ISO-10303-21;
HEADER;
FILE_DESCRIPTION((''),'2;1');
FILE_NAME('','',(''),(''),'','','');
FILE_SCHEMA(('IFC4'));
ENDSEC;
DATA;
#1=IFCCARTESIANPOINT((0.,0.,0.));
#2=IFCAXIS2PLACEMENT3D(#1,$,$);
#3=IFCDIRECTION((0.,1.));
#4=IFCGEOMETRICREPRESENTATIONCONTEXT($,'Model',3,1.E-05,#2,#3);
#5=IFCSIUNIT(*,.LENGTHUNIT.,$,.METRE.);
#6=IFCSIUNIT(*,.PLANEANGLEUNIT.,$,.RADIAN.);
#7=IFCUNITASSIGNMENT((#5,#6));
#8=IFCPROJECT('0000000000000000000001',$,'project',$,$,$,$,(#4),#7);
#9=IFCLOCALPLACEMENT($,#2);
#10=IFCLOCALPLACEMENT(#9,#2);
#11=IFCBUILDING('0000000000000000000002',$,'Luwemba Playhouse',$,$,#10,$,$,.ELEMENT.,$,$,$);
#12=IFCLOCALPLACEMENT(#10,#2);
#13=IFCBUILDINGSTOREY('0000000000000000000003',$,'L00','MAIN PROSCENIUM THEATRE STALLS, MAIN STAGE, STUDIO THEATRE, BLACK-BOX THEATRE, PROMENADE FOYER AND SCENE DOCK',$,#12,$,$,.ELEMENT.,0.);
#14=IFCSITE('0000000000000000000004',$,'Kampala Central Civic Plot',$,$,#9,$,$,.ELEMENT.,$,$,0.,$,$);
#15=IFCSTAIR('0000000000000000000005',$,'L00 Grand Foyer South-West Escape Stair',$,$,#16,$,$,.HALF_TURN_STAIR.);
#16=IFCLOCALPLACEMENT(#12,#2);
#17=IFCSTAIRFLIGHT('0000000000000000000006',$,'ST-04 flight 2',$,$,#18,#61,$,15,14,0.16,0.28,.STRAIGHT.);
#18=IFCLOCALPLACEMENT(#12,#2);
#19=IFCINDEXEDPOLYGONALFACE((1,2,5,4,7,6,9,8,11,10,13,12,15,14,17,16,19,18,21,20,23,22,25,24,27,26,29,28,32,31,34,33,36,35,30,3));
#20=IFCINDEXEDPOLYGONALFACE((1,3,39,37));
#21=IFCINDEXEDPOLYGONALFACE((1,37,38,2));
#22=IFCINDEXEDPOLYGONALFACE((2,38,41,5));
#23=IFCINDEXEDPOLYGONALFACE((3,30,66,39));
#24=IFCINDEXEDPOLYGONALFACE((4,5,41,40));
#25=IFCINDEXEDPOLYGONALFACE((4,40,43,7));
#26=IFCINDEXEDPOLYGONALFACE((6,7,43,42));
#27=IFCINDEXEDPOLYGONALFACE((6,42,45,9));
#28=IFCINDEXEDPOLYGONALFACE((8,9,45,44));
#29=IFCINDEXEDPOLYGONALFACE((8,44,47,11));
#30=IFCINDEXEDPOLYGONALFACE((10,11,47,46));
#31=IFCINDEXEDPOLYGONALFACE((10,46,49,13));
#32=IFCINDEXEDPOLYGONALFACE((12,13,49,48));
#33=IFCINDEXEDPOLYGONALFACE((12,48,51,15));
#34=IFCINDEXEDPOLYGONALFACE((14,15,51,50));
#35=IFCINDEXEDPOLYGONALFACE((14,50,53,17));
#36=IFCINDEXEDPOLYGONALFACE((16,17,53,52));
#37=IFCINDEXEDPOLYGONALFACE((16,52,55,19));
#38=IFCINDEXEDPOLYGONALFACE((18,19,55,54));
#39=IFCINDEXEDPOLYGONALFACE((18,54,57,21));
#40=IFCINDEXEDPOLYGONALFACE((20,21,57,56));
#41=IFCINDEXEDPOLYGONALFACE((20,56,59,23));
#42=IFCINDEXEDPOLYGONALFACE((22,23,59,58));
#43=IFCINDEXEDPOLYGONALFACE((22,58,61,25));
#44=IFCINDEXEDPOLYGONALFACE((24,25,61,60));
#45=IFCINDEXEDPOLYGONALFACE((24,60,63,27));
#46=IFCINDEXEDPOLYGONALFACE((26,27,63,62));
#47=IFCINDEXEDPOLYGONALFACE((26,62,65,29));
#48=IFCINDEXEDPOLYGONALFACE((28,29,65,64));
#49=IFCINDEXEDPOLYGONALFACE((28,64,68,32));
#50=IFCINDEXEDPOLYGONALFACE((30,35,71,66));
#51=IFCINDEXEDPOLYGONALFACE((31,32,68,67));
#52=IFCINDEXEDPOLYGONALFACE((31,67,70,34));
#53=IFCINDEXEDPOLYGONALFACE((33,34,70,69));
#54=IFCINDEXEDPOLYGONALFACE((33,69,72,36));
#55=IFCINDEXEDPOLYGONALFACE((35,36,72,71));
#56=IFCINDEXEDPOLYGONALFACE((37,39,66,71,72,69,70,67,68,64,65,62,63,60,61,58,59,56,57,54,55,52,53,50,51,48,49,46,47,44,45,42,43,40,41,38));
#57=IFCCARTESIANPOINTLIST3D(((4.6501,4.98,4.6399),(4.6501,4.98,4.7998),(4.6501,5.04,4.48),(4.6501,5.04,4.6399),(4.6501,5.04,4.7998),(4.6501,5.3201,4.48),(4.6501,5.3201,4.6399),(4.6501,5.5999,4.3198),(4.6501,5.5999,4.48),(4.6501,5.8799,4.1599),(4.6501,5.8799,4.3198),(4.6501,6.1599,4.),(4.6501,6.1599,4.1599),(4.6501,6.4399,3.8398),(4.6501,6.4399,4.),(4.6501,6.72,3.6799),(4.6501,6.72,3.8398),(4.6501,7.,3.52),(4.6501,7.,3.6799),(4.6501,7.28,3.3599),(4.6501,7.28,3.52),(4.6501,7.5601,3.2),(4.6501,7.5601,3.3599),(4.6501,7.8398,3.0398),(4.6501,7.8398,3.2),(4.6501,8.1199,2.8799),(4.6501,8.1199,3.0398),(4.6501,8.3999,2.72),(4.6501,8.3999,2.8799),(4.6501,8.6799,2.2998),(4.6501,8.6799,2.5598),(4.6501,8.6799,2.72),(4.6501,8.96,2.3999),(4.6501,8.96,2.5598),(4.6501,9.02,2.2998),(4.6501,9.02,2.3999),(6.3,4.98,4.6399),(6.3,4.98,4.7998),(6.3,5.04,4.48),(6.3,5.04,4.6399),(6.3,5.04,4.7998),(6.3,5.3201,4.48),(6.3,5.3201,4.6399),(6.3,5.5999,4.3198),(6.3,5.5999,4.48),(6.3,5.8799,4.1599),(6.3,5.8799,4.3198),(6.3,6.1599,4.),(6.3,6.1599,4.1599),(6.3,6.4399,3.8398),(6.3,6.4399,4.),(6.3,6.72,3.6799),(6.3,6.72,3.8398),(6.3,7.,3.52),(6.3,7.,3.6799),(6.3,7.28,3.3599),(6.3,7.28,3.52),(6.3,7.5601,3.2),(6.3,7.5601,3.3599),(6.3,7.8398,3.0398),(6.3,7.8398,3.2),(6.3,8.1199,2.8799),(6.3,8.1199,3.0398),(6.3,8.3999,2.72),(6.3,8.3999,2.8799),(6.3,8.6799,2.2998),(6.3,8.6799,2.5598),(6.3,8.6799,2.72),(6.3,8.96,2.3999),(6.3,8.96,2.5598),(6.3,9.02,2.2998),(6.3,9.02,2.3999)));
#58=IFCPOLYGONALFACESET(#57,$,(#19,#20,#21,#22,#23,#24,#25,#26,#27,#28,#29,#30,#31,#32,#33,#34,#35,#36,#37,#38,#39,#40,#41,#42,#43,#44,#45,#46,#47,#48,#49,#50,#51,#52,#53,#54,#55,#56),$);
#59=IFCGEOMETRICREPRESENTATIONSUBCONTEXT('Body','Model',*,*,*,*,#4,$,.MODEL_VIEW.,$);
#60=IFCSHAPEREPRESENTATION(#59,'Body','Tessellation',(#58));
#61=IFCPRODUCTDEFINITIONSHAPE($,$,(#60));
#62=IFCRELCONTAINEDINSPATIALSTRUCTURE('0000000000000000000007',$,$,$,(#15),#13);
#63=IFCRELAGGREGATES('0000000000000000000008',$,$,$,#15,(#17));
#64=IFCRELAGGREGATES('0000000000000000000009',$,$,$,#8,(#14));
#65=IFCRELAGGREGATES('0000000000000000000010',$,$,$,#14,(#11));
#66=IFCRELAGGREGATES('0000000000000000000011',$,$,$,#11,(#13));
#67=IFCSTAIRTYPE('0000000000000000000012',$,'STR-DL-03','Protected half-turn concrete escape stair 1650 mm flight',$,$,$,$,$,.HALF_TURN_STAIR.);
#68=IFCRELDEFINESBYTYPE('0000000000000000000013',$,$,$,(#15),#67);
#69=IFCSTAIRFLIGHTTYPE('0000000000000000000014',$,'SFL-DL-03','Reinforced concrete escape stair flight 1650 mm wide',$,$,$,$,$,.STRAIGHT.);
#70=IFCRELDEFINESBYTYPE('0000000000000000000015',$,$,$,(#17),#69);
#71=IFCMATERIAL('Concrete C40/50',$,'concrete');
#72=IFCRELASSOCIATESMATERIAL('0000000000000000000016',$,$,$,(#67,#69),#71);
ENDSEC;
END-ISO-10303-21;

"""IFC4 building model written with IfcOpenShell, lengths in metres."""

from ifc_helpers import new_model, si_unit, direction, frame, origin, place, context, subcontext, project, spatial, polyline, outline, extrude, material, type_object, element, aggregate, save


model = new_model("IFC4")

# Units and contexts
model_context = context("Model", 3, precision=1e-05, world=origin(), true_north=direction((0.0, 1.0)))
body_context = subcontext(model_context, "Body", "Model", "MODEL_VIEW")
ifc_project = project(units=[si_unit("LENGTHUNIT", "METRE"), si_unit("PLANEANGLEUNIT", "RADIAN")], contexts=[model_context])

# Site, building, storey
site_placement = place(None, origin())
site = spatial("IfcSite", under=ifc_project, at=site_placement, Name="Kampala Central Civic Plot", CompositionType="ELEMENT", RefElevation=0.0)
building_placement = place(site_placement, origin())
building = spatial("IfcBuilding", under=site, at=building_placement, Name="Luwemba Playhouse", CompositionType="ELEMENT")
storey_placement = place(building_placement, origin())
storey = spatial("IfcBuildingStorey", under=building, at=storey_placement, Name="L00", Description="MAIN PROSCENIUM THEATRE STALLS, MAIN STAGE, STUDIO THEATRE, BLACK-BOX THEATRE, PROMENADE FOYER AND SCENE DOCK", CompositionType="ELEMENT", Elevation=0.0)

# Shared definitions
ifc_material_1 = material(Name="Concrete C40/50", Category="concrete")

# Stair, stair flight
stair_type = type_object("IfcStairType", Name="STR-DL-03", Description="Protected half-turn concrete escape stair 1650 mm flight", PredefinedType="HALF_TURN_STAIR", material=ifc_material_1)
stair_placement = place(storey_placement, origin())
stair = element("IfcStair", 1, at=stair_placement, inside=storey, type_object=stair_type, Name="L00 Grand Foyer South-West Escape Stair", PredefinedType="HALF_TURN_STAIR")
stair_flight_type = type_object("IfcStairFlightType", Name="SFL-DL-03", Description="Reinforced concrete escape stair flight 1650 mm wide", PredefinedType="STRAIGHT", material=ifc_material_1)
stair_flight_1_placement = place(storey_placement, frame((5.4751, 8.96, 2.3999), z_axis=(0.0, 0.0, 1.0), x_axis=(0.0, -1.0, 0.0)))
stair_flight_1 = element("IfcStairFlight", 2, at=stair_flight_1_placement, type_object=stair_flight_type, Name="ST-04 flight 2", NumberOfRisers=15, NumberOfTreads=14, PredefinedType="STRAIGHT", RiserHeight=0.16, TreadLength=0.28, context=body_context, shape_type="SweptSolid", body=[
    extrude(outline(polyline([(-0.0601, -0.1001), (-0.0601, 0.0), (0.0, 0.0), (0.0, 0.1599), (0.28, 0.1599), (0.28, 0.3201), (0.5601, 0.3201), (0.5601, 0.48), (0.8401, 0.48), (0.8401, 0.6399), (1.1201, 0.6399), (1.1201, 0.8), (1.3999, 0.8), (1.3999, 0.96), (1.6799, 0.96), (1.6799, 1.1201), (1.96, 1.1201), (1.96, 1.28), (2.24, 1.28), (2.24, 1.4399), (2.52, 1.4399), (2.52, 1.6001), (2.8, 1.6001), (2.8, 1.76), (3.0801, 1.76), (3.0801, 1.9199), (3.3601, 1.9199), (3.3601, 2.0801), (3.6399, 2.0801), (3.6399, 2.24), (3.9199, 2.24), (3.9199, 2.3999), (3.98, 2.3999), (3.98, 2.24), (3.9199, 2.0801), (0.28, -0.1001), (-0.0601, -0.1001)])), frame((0.0, 0.825, 0.0), z_axis=(0.0, -1.0, 0.0), x_axis=(1.0, 0.0, 0.0)), (0.0, 0.0, 1.0), 1.6499),
])
aggregate(stair, [stair_flight_1])

save(model, "model.ifc")
